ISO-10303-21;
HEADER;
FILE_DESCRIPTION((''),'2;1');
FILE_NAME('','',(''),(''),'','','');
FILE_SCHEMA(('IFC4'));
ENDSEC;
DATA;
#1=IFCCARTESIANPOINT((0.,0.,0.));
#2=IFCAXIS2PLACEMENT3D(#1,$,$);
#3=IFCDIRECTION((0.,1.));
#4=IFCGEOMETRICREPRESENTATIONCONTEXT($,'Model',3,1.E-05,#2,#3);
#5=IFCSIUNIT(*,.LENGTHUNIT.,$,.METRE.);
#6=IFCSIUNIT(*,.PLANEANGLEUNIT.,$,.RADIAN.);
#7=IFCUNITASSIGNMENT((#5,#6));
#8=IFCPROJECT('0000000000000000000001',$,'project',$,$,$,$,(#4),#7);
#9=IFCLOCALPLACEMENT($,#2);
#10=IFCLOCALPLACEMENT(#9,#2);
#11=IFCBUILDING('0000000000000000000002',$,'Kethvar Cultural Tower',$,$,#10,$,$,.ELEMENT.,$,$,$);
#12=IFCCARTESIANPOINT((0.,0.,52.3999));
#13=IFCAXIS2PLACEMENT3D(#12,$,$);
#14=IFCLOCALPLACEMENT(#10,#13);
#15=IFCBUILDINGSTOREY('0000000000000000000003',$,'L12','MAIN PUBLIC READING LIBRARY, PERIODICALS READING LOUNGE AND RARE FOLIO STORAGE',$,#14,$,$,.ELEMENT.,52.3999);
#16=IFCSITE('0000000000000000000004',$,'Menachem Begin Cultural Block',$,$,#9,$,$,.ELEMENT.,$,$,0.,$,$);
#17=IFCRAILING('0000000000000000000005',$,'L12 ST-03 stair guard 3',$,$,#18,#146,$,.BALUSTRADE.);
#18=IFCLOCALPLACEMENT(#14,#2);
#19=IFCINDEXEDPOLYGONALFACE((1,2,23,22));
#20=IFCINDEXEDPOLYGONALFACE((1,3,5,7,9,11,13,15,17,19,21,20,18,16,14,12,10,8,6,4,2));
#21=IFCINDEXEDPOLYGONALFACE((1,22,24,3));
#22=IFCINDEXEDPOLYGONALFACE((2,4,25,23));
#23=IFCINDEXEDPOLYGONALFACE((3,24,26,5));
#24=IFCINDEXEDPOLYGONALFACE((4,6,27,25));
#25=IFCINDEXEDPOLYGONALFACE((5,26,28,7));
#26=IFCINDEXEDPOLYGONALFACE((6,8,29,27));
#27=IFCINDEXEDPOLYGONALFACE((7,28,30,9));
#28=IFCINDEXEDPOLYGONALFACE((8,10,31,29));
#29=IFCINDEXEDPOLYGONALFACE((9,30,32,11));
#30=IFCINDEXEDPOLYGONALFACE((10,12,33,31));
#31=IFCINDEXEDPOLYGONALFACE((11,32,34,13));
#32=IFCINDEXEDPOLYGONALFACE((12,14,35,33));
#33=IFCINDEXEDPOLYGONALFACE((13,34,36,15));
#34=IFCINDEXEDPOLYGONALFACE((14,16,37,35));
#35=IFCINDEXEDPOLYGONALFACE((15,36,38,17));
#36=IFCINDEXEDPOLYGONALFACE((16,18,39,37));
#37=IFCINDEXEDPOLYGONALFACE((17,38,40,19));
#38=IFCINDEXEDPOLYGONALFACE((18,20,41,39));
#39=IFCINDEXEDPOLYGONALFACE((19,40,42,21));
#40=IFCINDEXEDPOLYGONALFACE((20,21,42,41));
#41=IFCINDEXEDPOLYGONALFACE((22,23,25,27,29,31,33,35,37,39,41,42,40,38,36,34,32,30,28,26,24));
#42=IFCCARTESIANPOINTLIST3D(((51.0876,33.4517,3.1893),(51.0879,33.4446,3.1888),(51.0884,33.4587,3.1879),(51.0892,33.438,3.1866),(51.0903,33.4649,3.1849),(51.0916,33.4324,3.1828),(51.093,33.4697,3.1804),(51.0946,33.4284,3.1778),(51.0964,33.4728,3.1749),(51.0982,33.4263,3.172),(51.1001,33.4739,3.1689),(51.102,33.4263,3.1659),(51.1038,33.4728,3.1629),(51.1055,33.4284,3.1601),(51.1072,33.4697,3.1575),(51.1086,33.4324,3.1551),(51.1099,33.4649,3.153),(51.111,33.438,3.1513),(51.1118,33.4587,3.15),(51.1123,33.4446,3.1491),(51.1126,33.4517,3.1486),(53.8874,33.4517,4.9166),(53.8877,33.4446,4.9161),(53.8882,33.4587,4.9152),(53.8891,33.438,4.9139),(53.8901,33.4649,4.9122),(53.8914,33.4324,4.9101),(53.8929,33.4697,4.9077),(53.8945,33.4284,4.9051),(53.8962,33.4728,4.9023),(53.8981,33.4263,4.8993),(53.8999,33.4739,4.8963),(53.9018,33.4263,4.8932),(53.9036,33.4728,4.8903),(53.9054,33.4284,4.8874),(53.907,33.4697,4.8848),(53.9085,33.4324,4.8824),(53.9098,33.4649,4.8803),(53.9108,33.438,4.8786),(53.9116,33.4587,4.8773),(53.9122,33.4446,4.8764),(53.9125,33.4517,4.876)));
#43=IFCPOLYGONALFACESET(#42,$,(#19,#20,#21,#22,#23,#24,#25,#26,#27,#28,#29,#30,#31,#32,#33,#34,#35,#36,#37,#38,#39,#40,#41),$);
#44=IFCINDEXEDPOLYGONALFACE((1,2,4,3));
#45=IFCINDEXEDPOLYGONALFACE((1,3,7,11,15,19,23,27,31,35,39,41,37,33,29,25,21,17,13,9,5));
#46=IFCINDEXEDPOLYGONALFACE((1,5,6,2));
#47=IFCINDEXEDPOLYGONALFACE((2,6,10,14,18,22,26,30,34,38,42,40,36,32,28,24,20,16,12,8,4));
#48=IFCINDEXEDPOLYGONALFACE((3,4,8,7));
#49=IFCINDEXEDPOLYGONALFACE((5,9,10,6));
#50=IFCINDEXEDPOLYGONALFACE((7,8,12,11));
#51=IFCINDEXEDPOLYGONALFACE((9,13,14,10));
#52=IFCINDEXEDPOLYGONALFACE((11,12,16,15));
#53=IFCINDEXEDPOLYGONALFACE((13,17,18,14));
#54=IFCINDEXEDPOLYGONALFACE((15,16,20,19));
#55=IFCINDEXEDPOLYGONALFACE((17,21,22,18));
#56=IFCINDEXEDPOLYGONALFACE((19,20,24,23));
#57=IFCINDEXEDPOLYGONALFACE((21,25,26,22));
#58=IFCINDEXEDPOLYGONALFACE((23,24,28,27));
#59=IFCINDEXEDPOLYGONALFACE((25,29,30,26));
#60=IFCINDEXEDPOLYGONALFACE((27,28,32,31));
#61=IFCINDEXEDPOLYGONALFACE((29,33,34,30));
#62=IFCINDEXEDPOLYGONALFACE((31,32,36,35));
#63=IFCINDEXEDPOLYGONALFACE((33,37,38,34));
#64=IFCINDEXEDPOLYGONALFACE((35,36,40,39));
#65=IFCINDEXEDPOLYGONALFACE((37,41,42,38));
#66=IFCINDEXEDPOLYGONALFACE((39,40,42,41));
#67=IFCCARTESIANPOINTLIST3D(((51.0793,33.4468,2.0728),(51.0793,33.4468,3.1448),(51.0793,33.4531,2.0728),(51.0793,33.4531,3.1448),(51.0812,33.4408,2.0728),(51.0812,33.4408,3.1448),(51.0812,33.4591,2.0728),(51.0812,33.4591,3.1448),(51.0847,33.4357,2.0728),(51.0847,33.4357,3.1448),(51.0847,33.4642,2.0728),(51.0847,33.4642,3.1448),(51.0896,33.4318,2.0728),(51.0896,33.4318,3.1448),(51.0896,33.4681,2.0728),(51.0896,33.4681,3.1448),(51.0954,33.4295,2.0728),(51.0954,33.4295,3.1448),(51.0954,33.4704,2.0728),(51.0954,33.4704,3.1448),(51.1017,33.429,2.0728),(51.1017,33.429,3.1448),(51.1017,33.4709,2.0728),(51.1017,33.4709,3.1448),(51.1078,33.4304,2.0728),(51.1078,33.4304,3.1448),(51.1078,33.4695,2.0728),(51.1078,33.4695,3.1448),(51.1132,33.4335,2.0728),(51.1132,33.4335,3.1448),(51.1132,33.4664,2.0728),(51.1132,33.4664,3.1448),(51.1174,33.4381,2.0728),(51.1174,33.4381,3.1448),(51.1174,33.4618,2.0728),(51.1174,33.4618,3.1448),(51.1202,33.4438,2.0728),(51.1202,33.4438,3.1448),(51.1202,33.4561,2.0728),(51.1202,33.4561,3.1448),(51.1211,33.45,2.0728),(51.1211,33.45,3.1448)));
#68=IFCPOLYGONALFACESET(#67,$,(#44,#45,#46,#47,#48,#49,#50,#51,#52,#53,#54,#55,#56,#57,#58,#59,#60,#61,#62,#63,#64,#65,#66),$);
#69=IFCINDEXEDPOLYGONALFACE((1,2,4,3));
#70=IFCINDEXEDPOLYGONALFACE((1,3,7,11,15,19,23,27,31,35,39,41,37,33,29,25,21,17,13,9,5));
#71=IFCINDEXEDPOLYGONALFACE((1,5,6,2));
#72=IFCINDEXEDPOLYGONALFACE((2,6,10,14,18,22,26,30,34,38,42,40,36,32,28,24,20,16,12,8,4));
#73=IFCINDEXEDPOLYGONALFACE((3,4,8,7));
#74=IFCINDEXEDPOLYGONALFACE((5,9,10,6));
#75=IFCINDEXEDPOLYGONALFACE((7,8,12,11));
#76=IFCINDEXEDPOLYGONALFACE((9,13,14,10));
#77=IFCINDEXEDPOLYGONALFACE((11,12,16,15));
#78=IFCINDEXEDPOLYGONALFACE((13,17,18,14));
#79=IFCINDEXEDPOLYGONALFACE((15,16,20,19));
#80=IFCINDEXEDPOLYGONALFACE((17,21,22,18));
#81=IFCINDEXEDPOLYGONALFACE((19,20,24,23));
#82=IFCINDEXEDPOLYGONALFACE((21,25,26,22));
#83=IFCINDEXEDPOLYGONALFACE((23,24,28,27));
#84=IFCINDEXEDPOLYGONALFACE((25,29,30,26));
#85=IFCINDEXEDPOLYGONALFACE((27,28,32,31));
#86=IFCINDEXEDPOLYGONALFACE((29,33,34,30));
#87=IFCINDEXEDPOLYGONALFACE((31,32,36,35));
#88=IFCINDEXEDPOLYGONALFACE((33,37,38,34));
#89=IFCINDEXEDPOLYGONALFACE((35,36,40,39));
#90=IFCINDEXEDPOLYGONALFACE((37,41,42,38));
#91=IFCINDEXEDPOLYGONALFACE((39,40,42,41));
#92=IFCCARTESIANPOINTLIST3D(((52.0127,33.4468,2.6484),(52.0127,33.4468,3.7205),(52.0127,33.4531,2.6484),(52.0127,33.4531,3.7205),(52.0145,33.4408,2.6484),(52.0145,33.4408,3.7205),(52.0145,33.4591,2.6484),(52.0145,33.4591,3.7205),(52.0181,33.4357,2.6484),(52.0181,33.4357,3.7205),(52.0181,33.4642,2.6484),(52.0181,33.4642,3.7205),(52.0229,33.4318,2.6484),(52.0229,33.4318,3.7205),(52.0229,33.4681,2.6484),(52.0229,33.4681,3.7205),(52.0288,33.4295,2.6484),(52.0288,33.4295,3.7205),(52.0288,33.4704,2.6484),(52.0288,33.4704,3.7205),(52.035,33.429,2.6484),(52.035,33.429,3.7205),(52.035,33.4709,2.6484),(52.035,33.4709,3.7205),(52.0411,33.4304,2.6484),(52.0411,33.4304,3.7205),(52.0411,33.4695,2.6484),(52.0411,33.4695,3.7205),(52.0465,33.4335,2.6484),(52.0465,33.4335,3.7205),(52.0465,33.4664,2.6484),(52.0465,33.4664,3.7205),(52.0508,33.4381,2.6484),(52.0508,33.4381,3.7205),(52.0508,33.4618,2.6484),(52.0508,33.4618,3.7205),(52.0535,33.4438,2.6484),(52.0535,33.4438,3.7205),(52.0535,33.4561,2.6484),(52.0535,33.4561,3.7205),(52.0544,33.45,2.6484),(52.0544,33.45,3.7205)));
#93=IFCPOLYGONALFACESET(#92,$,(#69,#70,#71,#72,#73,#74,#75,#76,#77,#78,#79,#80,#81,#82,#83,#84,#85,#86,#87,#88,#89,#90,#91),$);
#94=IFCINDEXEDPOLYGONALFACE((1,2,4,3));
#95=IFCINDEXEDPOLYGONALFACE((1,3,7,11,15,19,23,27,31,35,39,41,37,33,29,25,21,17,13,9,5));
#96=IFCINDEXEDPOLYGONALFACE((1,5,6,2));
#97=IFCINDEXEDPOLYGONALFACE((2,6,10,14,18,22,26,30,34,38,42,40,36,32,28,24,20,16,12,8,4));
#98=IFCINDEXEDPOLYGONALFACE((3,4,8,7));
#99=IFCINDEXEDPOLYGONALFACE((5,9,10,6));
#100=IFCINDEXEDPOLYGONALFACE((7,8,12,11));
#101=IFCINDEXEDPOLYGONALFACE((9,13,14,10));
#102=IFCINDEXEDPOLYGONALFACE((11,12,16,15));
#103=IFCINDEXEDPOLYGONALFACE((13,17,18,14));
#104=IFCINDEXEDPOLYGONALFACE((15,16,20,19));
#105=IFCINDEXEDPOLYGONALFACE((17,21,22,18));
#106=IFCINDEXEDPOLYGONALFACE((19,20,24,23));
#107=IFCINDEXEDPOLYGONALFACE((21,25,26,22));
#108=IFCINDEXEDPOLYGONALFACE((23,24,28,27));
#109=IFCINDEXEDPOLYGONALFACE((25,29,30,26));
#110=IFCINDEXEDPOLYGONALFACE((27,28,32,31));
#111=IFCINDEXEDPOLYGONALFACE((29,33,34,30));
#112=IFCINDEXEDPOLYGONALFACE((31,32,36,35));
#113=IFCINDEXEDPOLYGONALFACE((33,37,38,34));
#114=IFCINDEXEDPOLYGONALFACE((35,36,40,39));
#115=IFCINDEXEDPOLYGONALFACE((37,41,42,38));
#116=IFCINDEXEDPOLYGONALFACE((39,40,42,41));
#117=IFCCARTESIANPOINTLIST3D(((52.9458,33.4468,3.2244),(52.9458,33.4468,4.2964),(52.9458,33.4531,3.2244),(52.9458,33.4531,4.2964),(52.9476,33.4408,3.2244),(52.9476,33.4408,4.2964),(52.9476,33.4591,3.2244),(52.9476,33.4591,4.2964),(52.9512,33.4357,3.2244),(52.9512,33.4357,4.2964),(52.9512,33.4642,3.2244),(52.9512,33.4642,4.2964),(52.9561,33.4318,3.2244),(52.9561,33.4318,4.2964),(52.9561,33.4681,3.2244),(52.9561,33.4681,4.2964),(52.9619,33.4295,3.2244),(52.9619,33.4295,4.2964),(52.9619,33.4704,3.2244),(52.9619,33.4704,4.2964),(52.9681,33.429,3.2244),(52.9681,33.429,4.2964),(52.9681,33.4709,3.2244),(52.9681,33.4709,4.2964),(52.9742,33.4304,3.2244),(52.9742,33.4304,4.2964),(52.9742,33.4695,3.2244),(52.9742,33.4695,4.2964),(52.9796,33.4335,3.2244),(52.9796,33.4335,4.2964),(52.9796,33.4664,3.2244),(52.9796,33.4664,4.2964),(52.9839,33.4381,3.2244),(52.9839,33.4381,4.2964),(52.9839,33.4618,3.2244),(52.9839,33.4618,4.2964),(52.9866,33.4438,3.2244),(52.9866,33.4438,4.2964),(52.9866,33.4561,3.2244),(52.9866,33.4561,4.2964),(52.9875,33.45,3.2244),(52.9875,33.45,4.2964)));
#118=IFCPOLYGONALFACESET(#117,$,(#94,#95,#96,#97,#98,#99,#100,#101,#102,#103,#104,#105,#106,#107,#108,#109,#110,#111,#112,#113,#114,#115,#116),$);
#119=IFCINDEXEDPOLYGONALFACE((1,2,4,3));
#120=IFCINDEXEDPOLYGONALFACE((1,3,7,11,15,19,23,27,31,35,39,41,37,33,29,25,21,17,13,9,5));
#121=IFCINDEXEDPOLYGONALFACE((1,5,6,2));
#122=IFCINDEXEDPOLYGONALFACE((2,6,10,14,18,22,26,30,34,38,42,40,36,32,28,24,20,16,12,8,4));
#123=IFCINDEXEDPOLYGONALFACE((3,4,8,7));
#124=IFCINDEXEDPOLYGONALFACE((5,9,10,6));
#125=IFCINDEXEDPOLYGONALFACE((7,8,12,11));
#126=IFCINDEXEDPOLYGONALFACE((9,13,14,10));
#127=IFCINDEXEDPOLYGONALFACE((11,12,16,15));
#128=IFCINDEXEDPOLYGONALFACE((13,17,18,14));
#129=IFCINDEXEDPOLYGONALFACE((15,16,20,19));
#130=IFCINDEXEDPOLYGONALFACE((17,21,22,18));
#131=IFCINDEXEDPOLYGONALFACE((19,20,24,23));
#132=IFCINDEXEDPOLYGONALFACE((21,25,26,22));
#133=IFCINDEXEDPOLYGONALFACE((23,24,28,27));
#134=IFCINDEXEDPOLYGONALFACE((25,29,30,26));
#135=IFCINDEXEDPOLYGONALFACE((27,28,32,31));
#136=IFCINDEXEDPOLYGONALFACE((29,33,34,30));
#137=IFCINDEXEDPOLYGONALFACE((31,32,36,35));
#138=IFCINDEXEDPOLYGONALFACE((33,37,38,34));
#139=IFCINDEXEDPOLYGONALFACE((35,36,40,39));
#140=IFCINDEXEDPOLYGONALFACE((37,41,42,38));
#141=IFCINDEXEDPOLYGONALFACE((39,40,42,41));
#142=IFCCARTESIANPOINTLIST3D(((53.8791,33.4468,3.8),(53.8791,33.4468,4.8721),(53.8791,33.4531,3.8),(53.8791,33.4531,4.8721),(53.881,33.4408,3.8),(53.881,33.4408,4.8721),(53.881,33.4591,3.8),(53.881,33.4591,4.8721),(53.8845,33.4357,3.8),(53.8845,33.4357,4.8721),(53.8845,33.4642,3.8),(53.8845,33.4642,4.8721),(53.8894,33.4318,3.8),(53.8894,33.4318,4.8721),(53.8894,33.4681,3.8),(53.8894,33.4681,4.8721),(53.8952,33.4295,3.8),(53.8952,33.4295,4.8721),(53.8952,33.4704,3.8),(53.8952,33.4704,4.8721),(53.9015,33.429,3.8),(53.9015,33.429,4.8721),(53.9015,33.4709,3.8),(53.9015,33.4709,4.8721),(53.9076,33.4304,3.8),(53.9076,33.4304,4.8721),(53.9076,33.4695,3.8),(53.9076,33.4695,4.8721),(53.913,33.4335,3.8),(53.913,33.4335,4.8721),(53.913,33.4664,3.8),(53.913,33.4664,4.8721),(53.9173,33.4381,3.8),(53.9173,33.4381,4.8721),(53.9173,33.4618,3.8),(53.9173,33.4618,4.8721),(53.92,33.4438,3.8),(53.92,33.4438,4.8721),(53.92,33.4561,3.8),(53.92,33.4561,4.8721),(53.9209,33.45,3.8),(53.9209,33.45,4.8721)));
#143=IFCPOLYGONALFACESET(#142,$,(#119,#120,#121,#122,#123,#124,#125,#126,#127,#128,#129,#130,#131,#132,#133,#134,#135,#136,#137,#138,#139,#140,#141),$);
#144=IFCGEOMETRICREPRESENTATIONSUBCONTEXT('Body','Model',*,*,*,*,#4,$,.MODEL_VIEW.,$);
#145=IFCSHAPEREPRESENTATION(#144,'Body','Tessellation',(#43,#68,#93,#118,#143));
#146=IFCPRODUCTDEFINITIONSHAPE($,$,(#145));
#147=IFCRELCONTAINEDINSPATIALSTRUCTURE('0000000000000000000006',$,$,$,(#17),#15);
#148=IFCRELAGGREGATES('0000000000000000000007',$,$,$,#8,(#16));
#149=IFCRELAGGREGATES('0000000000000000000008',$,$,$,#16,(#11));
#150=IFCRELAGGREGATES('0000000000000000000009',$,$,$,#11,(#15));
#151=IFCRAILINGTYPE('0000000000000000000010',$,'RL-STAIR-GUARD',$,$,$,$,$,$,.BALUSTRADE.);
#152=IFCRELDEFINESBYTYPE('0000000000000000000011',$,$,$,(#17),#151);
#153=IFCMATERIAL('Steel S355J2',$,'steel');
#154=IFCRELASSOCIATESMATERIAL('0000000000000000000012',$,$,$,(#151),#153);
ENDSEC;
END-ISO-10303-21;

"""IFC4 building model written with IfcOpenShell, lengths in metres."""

from ifc_helpers import new_model, si_unit, direction, frame, origin, origin_2d, place, context, subcontext, project, spatial, circle, extrude, material, type_object, element, save


model = new_model("IFC4")

# Units and contexts
model_context = context("Model", 3, precision=1e-05, world=origin(), true_north=direction((0.0, 1.0)))
body_context = subcontext(model_context, "Body", "Model", "MODEL_VIEW")
ifc_project = project(units=[si_unit("LENGTHUNIT", "METRE"), si_unit("PLANEANGLEUNIT", "RADIAN")], contexts=[model_context])

# Site, building, storey
site_placement = place(None, origin())
site = spatial("IfcSite", under=ifc_project, at=site_placement, Name="Menachem Begin Cultural Block", CompositionType="ELEMENT", RefElevation=0.0)
building_placement = place(site_placement, origin())
building = spatial("IfcBuilding", under=site, at=building_placement, Name="Kethvar Cultural Tower", CompositionType="ELEMENT")
storey_placement = place(building_placement, frame((0.0, 0.0, 52.3999)))
storey = spatial("IfcBuildingStorey", under=building, at=storey_placement, Name="L12", Description="MAIN PUBLIC READING LIBRARY, PERIODICALS READING LOUNGE AND RARE FOLIO STORAGE", CompositionType="ELEMENT", Elevation=52.3999)

# Shared definitions
ifc_material_1 = material(Name="Steel S355J2", Category="steel")

# Railing
railing_type_1 = type_object("IfcRailingType", Name="RL-STAIR-GUARD", PredefinedType="BALUSTRADE", material=ifc_material_1)
railing_1_placement = place(storey_placement, frame((51.1001, 33.45, 2.0728)))
element("IfcRailing", 1, at=railing_1_placement, inside=storey, type_object=railing_type_1, Name="L12 ST-03 stair guard 3", PredefinedType="BALUSTRADE", context=body_context, shape_type="SweptSolid", body=[
    extrude(circle(Radius=0.0239, at=origin_2d()), frame((0.0, 0.0, 1.0962), z_axis=(0.851069, 0.0, 0.525054), x_axis=(0.0, 1.0, 0.0)), (0.0, 0.0, 1.0), 3.2898),
    extrude(circle(Radius=0.021, at=origin_2d()), origin(), (0.0, 0.0, 1.0), 1.072),
    extrude(circle(Radius=0.021, at=origin_2d()), frame((0.9333, 0.0, 0.5757)), (0.0, 0.0, 1.0), 1.072),
    extrude(circle(Radius=0.021, at=origin_2d()), frame((1.8665, 0.0, 1.1516)), (0.0, 0.0, 1.0), 1.072),
    extrude(circle(Radius=0.021, at=origin_2d()), frame((2.7998, 0.0, 1.7273)), (0.0, 0.0, 1.0), 1.072),
])

save(model, "model.ifc")
